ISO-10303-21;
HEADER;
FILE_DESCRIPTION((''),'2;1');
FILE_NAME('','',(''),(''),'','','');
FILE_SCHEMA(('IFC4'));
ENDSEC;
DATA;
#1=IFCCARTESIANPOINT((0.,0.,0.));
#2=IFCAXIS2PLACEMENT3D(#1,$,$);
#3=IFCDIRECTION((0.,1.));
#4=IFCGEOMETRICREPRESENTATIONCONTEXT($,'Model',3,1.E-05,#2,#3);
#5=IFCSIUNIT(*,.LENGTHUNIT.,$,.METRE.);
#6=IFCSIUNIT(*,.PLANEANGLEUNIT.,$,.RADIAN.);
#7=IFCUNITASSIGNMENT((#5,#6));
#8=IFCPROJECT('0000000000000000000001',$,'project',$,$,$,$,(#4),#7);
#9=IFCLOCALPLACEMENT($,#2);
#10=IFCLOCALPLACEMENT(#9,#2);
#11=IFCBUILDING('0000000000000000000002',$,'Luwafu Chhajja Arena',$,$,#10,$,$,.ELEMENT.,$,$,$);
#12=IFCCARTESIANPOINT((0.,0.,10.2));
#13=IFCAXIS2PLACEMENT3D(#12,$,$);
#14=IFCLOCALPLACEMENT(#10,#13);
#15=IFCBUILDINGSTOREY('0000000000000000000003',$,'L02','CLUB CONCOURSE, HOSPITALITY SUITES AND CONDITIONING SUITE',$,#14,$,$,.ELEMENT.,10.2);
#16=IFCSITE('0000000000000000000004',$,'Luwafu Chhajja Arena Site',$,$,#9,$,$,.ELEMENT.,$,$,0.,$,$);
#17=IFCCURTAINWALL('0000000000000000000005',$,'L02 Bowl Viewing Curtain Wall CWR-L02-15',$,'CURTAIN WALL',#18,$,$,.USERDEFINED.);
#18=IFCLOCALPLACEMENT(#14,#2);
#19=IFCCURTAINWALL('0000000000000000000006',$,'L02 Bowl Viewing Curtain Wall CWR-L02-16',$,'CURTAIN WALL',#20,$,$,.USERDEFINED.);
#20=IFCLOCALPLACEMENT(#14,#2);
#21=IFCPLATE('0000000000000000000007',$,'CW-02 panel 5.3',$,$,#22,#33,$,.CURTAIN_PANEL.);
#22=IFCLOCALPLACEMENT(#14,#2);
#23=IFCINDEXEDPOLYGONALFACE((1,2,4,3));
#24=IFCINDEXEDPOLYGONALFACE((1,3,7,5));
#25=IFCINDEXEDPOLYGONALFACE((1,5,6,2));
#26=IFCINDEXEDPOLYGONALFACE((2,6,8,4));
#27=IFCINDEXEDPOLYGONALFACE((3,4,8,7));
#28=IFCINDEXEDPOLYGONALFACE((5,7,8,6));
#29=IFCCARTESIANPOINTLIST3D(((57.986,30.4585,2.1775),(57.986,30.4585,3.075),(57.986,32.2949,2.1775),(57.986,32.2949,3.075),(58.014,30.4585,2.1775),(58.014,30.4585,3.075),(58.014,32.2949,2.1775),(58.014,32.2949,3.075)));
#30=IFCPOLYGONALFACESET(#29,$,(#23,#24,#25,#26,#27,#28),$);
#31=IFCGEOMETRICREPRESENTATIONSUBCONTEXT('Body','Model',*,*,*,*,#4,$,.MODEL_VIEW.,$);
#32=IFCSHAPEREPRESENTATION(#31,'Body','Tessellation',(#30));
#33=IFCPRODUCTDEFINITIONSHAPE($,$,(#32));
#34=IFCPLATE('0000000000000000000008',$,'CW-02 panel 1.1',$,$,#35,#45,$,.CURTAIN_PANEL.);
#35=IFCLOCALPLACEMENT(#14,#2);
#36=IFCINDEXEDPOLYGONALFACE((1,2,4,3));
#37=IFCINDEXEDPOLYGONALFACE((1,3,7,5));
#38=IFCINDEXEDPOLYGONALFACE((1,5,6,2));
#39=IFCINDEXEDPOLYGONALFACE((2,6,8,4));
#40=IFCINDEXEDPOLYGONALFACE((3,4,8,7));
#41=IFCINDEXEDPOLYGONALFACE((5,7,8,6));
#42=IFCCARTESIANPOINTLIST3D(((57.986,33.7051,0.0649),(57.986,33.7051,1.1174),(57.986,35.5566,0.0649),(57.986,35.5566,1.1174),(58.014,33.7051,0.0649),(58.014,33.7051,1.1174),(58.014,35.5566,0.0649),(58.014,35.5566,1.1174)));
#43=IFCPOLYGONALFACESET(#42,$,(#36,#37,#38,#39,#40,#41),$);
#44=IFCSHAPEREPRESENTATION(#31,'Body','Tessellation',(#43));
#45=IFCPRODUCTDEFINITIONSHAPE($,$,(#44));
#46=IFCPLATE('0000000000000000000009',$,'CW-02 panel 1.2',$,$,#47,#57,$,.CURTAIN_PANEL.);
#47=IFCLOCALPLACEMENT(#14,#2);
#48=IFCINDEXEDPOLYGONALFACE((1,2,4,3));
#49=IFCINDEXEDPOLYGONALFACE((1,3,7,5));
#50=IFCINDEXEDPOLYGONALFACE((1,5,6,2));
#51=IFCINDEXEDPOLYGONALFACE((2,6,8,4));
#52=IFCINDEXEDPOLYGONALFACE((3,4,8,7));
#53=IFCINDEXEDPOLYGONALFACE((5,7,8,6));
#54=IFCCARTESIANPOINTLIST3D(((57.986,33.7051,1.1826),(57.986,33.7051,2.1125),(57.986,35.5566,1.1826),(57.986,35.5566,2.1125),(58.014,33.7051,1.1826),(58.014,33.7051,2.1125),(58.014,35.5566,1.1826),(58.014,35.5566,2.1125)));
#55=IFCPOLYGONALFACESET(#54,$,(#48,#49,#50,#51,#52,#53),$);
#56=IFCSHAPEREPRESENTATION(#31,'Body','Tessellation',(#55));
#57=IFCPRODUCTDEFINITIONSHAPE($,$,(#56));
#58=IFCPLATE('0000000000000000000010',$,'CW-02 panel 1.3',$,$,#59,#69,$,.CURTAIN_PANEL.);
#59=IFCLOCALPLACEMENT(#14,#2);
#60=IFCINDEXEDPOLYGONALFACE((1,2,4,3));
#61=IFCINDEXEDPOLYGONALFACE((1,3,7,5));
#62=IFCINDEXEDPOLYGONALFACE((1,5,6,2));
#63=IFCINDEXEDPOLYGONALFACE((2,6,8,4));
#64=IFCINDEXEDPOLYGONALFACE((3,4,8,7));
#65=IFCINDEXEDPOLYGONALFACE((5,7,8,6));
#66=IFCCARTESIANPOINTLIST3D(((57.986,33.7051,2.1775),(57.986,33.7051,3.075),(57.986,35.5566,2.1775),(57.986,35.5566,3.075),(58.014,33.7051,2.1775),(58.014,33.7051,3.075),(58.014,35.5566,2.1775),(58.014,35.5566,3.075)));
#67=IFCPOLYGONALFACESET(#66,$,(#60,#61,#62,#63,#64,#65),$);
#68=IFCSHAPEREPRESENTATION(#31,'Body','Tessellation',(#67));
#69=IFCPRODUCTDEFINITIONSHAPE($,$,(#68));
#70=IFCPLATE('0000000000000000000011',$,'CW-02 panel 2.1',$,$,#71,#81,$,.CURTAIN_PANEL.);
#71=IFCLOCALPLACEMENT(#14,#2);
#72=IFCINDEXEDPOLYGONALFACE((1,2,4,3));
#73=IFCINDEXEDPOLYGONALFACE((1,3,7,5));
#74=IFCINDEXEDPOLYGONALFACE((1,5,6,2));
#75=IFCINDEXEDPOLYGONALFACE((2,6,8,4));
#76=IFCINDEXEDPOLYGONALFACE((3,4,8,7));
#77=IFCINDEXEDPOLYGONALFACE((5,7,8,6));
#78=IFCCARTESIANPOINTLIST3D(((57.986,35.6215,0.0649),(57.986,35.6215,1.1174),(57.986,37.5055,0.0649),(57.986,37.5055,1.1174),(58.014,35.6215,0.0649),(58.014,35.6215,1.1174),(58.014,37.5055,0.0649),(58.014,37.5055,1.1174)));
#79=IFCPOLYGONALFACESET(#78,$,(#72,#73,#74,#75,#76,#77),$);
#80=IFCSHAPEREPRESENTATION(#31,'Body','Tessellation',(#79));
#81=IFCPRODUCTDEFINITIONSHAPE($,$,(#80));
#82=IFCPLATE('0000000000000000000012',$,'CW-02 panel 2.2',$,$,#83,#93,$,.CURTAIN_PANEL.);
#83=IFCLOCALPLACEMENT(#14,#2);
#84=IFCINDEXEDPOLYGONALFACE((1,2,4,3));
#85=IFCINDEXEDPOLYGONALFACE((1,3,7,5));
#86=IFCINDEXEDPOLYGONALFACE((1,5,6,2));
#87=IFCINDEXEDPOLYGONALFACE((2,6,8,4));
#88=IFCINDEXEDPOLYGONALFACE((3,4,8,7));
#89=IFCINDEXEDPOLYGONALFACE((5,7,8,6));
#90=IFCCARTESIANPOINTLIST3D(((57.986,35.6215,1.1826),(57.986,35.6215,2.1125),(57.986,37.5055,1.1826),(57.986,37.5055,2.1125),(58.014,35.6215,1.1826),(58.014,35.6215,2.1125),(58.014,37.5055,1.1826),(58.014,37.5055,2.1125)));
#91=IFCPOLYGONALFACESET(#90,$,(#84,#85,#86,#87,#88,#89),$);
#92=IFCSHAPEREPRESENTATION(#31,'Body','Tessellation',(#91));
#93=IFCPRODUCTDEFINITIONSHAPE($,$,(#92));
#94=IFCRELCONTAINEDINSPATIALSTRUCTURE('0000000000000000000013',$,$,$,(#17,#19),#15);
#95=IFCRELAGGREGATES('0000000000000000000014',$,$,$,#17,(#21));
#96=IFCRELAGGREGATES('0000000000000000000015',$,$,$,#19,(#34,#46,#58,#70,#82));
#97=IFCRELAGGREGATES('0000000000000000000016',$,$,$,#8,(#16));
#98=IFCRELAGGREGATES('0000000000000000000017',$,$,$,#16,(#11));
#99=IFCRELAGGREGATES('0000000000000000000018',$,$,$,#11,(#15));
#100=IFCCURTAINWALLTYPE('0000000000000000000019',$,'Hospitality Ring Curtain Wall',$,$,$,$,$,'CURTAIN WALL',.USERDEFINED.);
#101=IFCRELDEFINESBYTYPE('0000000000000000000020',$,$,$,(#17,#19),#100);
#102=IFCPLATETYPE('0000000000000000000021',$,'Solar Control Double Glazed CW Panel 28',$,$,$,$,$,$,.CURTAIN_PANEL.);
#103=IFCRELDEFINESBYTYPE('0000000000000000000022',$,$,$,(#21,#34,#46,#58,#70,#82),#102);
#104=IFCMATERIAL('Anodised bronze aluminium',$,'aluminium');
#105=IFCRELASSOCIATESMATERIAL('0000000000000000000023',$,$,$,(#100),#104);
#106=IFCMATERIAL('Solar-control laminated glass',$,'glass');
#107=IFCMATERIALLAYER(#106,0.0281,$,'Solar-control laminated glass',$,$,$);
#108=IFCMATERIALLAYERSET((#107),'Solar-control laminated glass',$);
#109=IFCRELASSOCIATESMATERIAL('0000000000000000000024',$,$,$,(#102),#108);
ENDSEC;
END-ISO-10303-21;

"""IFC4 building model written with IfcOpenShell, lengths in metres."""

from ifc_helpers import new_model, si_unit, direction, frame, origin, origin_2d, place, context, subcontext, project, spatial, rectangle, extrude, material, layer, layer_set, type_object, element, aggregate, save


model = new_model("IFC4")

# Units and contexts
model_context = context("Model", 3, precision=1e-05, world=origin(), true_north=direction((0.0, 1.0)))
body_context = subcontext(model_context, "Body", "Model", "MODEL_VIEW")
ifc_project = project(units=[si_unit("LENGTHUNIT", "METRE"), si_unit("PLANEANGLEUNIT", "RADIAN")], contexts=[model_context])

# Site, building, storey
site_placement = place(None, origin())
site = spatial("IfcSite", under=ifc_project, at=site_placement, Name="Luwafu Chhajja Arena Site", CompositionType="ELEMENT", RefElevation=0.0)
building_placement = place(site_placement, origin())
building = spatial("IfcBuilding", under=site, at=building_placement, Name="Luwafu Chhajja Arena", CompositionType="ELEMENT")
storey_placement = place(building_placement, frame((0.0, 0.0, 10.2)))
storey = spatial("IfcBuildingStorey", under=building, at=storey_placement, Name="L02", Description="CLUB CONCOURSE, HOSPITALITY SUITES AND CONDITIONING SUITE", CompositionType="ELEMENT", Elevation=10.2)

# Curtain wall
ifc_material_1 = material(Name="Anodised bronze aluminium", Category="aluminium")
curtain_wall_type = type_object("IfcCurtainWallType", Name="Hospitality Ring Curtain Wall", ElementType="CURTAIN WALL", PredefinedType="USERDEFINED", material=ifc_material_1)
curtain_wall_1_placement = place(storey_placement, origin())
curtain_wall_1 = element("IfcCurtainWall", 1, at=curtain_wall_1_placement, inside=storey, type_object=curtain_wall_type, Name="L02 Bowl Viewing Curtain Wall CWR-L02-15", ObjectType="CURTAIN WALL", PredefinedType="USERDEFINED")

# Curtain wall
curtain_wall_2_placement = place(storey_placement, origin())
curtain_wall_2 = element("IfcCurtainWall", 2, at=curtain_wall_2_placement, inside=storey, type_object=curtain_wall_type, Name="L02 Bowl Viewing Curtain Wall CWR-L02-16", ObjectType="CURTAIN WALL", PredefinedType="USERDEFINED")

# Plates
ifc_material_2 = material(Name="Solar-control laminated glass", Category="glass")
ifc_layer = layer(ifc_material_2, 0.0281, Name="Solar-control laminated glass")
ifc_layer_set = layer_set([ifc_layer], Name="Solar-control laminated glass")
plate_type = type_object("IfcPlateType", Name="Solar Control Double Glazed CW Panel 28", PredefinedType="CURTAIN_PANEL", material=ifc_layer_set)
plate_1_placement = place(storey_placement, frame((58.0, 31.3767, 2.1775), z_axis=(0.0, 0.0, 1.0), x_axis=(0.0, 1.0, 0.0)))
plate_1 = element("IfcPlate", 3, at=plate_1_placement, type_object=plate_type, Name="CW-02 panel 5.3", PredefinedType="CURTAIN_PANEL", context=body_context, shape_type="SweptSolid", body=[
    extrude(rectangle(XDim=1.8364, YDim=0.0281, at=origin_2d()), origin(), (0.0, 0.0, 1.0), 0.8975),
])
aggregate(curtain_wall_1, [plate_1])
plate_2_placement = place(storey_placement, frame((58.0, 34.6309, 0.0649), z_axis=(0.0, 0.0, 1.0), x_axis=(0.0, 1.0, 0.0)))
plate_2 = element("IfcPlate", 4, at=plate_2_placement, type_object=plate_type, Name="CW-02 panel 1.1", PredefinedType="CURTAIN_PANEL", context=body_context, shape_type="SweptSolid", body=[
    extrude(rectangle(XDim=1.8516, YDim=0.0281, at=origin_2d()), origin(), (0.0, 0.0, 1.0), 1.0525),
])
plate_3_placement = place(storey_placement, frame((58.0, 34.6309, 1.1826), z_axis=(0.0, 0.0, 1.0), x_axis=(0.0, 1.0, 0.0)))
plate_3 = element("IfcPlate", 5, at=plate_3_placement, type_object=plate_type, Name="CW-02 panel 1.2", PredefinedType="CURTAIN_PANEL", context=body_context, shape_type="SweptSolid", body=[
    extrude(rectangle(XDim=1.8516, YDim=0.0281, at=origin_2d()), origin(), (0.0, 0.0, 1.0), 0.9299),
])
plate_4_placement = place(storey_placement, frame((58.0, 34.6309, 2.1775), z_axis=(0.0, 0.0, 1.0), x_axis=(0.0, 1.0, 0.0)))
plate_4 = element("IfcPlate", 6, at=plate_4_placement, type_object=plate_type, Name="CW-02 panel 1.3", PredefinedType="CURTAIN_PANEL", context=body_context, shape_type="SweptSolid", body=[
    extrude(rectangle(XDim=1.8516, YDim=0.0281, at=origin_2d()), origin(), (0.0, 0.0, 1.0), 0.8975),
])
plate_5_placement = place(storey_placement, frame((58.0, 36.5635, 0.0649), z_axis=(0.0, 0.0, 1.0), x_axis=(0.0, 1.0, 0.0)))
plate_5 = element("IfcPlate", 7, at=plate_5_placement, type_object=plate_type, Name="CW-02 panel 2.1", PredefinedType="CURTAIN_PANEL", context=body_context, shape_type="SweptSolid", body=[
    extrude(rectangle(XDim=1.884, YDim=0.0281, at=origin_2d()), origin(), (0.0, 0.0, 1.0), 1.0525),
])
plate_6_placement = place(storey_placement, frame((58.0, 36.5635, 1.1826), z_axis=(0.0, 0.0, 1.0), x_axis=(0.0, 1.0, 0.0)))
plate_6 = element("IfcPlate", 8, at=plate_6_placement, type_object=plate_type, Name="CW-02 panel 2.2", PredefinedType="CURTAIN_PANEL", context=body_context, shape_type="SweptSolid", body=[
    extrude(rectangle(XDim=1.884, YDim=0.0281, at=origin_2d()), origin(), (0.0, 0.0, 1.0), 0.9299),
])
aggregate(curtain_wall_2, [plate_2, plate_3, plate_4, plate_5, plate_6])

save(model, "model.ifc")
